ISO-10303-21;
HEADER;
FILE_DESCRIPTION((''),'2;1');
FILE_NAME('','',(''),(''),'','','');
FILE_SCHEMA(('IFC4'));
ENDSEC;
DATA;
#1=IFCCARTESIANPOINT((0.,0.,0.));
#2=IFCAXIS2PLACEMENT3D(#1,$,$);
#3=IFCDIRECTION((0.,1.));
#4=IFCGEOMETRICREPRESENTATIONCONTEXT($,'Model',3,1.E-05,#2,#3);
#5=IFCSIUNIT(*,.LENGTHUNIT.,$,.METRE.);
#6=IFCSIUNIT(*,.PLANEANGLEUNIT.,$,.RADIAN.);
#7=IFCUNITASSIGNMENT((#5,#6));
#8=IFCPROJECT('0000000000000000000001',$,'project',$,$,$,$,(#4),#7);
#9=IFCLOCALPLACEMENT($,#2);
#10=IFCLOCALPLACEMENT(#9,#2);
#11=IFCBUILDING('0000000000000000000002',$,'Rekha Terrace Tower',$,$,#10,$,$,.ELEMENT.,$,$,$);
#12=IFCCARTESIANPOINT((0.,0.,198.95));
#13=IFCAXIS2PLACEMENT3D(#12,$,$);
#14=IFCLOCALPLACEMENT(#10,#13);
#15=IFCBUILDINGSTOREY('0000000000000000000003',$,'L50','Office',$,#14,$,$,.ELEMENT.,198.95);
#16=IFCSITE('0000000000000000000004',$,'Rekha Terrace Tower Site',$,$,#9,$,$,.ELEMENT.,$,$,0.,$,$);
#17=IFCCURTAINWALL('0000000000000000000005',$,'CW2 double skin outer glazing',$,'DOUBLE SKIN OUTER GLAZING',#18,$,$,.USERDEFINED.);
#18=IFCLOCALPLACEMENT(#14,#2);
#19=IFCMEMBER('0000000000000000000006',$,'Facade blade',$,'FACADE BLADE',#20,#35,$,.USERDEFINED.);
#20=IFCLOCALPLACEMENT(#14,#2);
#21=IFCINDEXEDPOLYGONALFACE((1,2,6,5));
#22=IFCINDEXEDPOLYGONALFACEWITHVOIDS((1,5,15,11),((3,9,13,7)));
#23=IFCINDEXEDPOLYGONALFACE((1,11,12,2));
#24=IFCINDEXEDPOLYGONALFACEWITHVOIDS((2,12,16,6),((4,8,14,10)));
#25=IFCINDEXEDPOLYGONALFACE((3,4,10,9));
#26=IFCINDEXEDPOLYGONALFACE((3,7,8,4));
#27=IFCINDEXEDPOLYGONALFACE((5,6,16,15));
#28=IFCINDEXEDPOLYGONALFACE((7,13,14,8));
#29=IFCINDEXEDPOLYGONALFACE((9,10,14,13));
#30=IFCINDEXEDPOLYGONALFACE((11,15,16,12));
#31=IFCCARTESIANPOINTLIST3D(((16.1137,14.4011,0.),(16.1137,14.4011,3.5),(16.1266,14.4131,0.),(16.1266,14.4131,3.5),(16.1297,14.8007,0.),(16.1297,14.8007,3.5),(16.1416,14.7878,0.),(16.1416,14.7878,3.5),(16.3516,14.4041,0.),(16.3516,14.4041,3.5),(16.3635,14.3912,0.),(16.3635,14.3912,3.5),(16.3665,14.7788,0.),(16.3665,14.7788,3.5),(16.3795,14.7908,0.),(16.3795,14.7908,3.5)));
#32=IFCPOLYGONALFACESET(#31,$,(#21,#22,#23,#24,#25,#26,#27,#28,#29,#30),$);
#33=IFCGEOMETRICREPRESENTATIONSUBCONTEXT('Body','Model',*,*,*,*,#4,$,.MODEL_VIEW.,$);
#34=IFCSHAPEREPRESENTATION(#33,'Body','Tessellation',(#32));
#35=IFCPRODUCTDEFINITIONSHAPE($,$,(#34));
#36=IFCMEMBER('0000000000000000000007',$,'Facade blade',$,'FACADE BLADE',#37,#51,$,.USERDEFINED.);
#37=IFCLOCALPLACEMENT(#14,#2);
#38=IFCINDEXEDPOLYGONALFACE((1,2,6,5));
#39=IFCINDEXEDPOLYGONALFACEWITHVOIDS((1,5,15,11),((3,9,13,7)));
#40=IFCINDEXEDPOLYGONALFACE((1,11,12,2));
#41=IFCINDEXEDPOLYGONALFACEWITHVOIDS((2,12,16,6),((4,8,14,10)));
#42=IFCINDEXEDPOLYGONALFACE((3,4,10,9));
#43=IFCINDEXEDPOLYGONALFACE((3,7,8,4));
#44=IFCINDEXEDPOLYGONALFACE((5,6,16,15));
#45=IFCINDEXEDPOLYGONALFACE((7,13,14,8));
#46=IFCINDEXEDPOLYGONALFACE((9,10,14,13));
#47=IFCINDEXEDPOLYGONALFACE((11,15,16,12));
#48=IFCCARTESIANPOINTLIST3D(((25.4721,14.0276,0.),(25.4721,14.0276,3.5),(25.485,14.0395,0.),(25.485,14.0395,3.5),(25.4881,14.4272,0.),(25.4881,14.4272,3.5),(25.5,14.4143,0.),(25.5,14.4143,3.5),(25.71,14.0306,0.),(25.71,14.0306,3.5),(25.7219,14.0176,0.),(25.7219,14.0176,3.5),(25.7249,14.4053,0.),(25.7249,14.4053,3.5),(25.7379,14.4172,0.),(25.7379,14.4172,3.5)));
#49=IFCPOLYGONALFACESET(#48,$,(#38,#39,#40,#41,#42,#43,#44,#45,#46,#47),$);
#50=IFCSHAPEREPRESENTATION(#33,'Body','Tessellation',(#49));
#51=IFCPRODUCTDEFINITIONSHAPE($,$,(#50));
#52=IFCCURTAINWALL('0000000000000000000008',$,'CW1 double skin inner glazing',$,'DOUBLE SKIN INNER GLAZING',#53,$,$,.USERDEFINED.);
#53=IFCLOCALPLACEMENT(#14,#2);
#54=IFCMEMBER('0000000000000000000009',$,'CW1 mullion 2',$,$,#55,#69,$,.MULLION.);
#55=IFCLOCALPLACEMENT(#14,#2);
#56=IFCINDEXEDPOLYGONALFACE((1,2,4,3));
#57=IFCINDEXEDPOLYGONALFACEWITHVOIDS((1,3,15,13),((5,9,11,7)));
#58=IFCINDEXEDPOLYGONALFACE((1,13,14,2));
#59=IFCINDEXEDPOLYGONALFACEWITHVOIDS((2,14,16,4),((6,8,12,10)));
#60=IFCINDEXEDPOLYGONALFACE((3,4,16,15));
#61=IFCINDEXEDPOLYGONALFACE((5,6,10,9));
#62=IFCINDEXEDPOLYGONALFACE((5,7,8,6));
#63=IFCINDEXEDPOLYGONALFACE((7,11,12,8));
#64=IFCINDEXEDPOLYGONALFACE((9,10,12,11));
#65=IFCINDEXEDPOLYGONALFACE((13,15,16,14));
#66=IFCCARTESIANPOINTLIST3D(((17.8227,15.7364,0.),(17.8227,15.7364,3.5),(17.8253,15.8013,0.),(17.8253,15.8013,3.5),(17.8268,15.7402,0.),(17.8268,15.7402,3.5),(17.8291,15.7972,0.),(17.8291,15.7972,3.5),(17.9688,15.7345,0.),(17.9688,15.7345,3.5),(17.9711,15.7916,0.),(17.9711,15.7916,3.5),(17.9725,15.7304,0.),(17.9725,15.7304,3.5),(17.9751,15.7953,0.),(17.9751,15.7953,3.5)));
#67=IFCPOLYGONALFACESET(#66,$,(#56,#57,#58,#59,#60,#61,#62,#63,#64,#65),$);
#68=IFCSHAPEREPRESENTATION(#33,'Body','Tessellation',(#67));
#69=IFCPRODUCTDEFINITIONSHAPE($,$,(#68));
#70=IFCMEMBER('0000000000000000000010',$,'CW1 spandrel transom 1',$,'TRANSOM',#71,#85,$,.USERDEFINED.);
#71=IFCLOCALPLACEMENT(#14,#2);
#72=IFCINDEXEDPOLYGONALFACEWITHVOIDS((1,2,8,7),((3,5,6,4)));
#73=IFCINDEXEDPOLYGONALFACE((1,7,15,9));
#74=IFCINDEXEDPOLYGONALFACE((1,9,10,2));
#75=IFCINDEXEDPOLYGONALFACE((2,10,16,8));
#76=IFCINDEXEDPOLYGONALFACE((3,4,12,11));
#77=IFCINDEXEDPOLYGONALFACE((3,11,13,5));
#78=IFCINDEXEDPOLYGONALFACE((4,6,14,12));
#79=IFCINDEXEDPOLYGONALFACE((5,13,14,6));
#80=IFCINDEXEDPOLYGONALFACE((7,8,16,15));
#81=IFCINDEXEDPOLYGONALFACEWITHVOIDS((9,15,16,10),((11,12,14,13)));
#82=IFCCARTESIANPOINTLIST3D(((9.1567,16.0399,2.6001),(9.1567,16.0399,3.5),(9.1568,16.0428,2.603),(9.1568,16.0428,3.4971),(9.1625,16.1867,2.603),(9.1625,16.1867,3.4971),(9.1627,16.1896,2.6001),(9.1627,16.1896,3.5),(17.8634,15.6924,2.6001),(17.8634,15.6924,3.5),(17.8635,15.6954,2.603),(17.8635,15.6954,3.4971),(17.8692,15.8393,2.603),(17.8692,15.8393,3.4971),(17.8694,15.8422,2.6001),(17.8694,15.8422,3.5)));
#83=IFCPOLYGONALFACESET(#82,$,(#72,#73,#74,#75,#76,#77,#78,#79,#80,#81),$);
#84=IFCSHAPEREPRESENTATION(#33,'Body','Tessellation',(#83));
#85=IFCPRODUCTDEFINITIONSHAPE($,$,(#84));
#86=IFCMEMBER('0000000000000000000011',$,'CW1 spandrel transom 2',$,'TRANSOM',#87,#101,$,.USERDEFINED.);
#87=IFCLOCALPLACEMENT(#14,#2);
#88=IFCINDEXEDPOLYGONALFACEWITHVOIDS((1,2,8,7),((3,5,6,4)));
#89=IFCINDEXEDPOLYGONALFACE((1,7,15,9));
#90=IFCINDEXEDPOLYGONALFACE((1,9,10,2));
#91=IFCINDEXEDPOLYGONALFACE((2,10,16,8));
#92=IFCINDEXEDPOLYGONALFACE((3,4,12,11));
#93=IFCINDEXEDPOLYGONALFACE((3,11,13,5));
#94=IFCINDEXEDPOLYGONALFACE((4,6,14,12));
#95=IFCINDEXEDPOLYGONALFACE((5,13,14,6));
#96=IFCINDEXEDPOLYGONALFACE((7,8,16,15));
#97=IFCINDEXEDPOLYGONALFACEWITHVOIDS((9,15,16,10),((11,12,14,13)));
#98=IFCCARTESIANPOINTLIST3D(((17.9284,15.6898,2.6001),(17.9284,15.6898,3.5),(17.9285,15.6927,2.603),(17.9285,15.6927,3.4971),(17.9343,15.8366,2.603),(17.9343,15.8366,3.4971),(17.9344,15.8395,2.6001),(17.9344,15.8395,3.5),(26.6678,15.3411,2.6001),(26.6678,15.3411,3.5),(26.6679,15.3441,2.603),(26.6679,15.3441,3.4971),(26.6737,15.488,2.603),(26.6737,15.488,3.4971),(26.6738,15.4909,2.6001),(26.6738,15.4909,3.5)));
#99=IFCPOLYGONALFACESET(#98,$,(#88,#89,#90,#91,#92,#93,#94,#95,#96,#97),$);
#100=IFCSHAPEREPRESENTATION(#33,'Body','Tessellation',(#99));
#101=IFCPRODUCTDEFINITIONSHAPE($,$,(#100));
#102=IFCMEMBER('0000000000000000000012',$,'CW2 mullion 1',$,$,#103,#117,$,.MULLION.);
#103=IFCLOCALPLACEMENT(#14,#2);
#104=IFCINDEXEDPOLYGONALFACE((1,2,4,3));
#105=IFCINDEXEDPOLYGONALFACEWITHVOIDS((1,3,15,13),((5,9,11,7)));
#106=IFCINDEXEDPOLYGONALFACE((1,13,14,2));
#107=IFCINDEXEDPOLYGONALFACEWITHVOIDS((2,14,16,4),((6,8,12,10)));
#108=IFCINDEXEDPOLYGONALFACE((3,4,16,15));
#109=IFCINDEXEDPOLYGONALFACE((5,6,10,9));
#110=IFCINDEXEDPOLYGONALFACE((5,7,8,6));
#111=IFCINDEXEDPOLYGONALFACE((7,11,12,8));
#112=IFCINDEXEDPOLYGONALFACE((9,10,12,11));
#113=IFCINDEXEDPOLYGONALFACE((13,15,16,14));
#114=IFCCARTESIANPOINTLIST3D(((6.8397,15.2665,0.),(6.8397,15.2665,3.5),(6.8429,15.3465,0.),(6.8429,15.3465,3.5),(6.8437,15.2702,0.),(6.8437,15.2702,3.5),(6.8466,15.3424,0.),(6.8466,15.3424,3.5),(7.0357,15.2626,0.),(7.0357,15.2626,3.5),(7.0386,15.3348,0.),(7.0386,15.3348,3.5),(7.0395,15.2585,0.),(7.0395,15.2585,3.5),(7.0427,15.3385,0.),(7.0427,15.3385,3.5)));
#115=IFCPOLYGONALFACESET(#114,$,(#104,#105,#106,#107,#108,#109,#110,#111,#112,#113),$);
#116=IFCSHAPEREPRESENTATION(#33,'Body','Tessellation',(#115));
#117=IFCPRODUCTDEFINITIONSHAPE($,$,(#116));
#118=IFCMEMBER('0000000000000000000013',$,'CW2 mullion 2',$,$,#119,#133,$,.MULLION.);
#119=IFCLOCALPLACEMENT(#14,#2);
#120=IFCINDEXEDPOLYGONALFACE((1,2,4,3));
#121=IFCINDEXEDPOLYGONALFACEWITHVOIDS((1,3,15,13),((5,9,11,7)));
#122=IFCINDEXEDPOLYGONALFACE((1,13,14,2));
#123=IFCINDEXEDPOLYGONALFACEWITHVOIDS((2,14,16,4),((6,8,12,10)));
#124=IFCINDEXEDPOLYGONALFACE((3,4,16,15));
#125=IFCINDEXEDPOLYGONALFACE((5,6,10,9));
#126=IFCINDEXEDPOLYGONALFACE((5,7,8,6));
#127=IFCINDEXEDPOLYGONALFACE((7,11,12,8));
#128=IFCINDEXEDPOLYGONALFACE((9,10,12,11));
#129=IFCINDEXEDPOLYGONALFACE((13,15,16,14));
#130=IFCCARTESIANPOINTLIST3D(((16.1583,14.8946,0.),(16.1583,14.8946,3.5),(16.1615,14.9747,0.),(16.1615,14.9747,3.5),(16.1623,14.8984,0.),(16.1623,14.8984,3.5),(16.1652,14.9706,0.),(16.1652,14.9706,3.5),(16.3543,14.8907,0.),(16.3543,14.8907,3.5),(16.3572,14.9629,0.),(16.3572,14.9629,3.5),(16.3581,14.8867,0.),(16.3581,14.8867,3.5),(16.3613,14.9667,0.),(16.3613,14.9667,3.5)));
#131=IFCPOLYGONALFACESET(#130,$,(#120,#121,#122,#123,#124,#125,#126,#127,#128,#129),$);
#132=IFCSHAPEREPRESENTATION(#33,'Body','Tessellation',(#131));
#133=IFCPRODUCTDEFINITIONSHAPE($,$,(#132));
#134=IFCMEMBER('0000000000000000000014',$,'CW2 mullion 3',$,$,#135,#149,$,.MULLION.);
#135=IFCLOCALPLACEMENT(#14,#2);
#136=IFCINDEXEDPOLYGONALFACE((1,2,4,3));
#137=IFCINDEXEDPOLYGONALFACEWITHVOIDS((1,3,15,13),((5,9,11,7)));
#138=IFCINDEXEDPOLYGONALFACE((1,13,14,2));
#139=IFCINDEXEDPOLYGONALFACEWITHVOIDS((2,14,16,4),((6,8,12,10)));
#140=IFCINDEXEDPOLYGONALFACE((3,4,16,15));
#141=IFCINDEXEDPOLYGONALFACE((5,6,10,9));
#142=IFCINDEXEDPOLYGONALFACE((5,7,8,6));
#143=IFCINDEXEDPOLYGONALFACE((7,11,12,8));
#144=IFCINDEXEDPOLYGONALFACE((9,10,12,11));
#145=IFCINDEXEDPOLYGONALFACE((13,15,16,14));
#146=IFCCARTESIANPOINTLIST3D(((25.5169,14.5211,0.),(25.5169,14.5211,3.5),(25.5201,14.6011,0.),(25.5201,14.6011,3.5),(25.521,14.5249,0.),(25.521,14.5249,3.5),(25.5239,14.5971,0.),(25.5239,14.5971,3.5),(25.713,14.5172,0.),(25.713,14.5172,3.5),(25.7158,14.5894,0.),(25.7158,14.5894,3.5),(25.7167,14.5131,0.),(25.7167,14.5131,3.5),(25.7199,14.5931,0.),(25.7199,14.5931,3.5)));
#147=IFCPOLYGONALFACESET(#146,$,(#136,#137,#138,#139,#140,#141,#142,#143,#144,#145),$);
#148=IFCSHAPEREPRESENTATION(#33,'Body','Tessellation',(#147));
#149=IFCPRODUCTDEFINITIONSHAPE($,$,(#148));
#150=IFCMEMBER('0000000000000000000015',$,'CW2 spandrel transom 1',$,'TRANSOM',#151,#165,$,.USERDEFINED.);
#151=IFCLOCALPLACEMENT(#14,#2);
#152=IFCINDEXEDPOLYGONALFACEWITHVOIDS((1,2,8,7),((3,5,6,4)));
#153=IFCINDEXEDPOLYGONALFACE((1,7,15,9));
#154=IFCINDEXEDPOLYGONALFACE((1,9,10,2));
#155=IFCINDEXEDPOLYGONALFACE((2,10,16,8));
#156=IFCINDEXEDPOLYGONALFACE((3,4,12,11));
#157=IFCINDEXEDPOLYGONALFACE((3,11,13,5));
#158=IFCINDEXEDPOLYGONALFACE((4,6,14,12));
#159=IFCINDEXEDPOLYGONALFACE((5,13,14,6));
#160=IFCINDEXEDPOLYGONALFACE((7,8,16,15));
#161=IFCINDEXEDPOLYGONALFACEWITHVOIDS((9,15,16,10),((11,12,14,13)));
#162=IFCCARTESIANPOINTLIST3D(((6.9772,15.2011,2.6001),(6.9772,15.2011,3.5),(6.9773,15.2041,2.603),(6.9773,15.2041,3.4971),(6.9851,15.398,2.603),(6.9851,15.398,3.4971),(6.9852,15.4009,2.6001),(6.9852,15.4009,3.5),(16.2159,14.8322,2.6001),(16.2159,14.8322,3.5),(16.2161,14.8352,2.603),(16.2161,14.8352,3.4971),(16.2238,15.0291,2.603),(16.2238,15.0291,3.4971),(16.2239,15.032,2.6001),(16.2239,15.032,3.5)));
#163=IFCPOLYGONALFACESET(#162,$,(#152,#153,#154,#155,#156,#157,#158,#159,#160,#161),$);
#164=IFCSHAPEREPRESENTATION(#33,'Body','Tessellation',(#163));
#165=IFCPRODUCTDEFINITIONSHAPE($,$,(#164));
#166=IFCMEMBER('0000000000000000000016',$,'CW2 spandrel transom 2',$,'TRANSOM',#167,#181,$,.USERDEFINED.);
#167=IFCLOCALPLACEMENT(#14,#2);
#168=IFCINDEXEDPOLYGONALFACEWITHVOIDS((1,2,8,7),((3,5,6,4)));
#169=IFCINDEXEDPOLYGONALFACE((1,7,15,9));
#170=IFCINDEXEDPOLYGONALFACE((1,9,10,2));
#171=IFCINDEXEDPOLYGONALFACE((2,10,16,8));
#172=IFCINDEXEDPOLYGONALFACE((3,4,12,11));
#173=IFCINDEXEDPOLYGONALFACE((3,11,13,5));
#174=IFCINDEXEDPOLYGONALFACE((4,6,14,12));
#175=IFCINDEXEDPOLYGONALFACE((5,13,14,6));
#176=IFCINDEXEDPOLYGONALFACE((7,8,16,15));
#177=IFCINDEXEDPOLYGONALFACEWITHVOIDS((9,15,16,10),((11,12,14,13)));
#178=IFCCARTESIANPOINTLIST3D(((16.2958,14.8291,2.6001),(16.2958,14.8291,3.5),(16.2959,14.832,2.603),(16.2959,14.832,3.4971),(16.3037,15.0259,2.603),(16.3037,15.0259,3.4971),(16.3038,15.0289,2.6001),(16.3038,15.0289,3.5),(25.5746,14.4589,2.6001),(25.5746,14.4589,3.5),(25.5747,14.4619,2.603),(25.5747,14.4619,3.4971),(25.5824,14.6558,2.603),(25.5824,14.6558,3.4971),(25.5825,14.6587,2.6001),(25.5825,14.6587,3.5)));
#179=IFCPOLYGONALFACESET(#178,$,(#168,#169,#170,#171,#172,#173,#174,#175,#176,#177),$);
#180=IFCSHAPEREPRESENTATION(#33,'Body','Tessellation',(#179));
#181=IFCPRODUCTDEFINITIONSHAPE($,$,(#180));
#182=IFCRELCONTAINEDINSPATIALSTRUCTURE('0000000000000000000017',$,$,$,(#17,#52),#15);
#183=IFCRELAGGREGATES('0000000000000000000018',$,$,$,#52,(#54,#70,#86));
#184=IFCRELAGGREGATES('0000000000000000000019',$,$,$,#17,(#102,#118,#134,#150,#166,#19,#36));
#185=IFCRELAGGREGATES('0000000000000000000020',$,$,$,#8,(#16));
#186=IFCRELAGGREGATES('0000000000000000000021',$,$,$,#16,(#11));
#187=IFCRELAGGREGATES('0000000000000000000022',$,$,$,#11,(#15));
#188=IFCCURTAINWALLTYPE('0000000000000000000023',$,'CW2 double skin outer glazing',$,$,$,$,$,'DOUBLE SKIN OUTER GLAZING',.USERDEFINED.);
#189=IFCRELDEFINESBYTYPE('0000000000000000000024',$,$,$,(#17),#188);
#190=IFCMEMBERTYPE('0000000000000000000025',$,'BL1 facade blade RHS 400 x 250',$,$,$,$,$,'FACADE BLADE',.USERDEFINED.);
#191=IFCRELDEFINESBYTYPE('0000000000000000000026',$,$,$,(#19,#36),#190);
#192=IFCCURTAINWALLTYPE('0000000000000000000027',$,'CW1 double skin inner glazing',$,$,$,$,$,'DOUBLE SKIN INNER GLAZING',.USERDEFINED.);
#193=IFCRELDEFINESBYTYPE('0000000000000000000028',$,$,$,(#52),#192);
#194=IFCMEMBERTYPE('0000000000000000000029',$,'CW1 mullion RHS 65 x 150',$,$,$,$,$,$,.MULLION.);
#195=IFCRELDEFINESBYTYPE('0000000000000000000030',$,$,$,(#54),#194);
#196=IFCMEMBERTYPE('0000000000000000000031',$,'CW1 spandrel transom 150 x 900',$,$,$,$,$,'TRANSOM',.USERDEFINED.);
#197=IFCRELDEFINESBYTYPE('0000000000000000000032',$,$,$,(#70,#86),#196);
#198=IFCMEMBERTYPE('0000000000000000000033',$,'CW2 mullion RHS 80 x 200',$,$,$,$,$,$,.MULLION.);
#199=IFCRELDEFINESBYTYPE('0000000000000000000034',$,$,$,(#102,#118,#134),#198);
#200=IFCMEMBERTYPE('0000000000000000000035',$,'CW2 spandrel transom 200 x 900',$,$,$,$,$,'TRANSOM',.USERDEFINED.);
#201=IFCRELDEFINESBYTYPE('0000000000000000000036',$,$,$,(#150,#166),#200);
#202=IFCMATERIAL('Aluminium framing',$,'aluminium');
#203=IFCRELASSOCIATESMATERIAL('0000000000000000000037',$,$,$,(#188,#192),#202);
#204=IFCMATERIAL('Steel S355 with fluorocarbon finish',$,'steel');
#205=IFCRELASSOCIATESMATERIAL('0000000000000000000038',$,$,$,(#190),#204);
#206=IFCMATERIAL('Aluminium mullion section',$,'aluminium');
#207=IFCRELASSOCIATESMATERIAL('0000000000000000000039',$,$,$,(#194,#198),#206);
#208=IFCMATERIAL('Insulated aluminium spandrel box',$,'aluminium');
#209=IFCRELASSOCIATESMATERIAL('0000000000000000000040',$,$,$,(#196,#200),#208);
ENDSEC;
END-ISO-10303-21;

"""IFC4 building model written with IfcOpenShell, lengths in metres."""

from ifc_helpers import new_model, si_unit, direction, frame, origin, origin_2d, place, context, subcontext, project, spatial, hollow_rectangle, extrude, material, material_profile, profile_set, type_object, element, aggregate, save


model = new_model("IFC4")

# Units and contexts
model_context = context("Model", 3, precision=1e-05, world=origin(), true_north=direction((0.0, 1.0)))
body_context = subcontext(model_context, "Body", "Model", "MODEL_VIEW")
ifc_project = project(units=[si_unit("LENGTHUNIT", "METRE"), si_unit("PLANEANGLEUNIT", "RADIAN")], contexts=[model_context])

# Site, building, storey
site_placement = place(None, origin())
site = spatial("IfcSite", under=ifc_project, at=site_placement, Name="Rekha Terrace Tower Site", CompositionType="ELEMENT", RefElevation=0.0)
building_placement = place(site_placement, origin())
building = spatial("IfcBuilding", under=site, at=building_placement, Name="Rekha Terrace Tower", CompositionType="ELEMENT")
storey_placement = place(building_placement, frame((0.0, 0.0, 198.95)))
storey = spatial("IfcBuildingStorey", under=building, at=storey_placement, Name="L50", Description="Office", CompositionType="ELEMENT", Elevation=198.95)

# Curtain walls, members
ifc_material_1 = material(Name="Aluminium framing", Category="aluminium")
curtain_wall_type_1 = type_object("IfcCurtainWallType", Name="CW2 double skin outer glazing", ElementType="DOUBLE SKIN OUTER GLAZING", PredefinedType="USERDEFINED", material=ifc_material_1)
curtain_wall_1_placement = place(storey_placement, origin())
curtain_wall_1 = element("IfcCurtainWall", 1, at=curtain_wall_1_placement, inside=storey, type_object=curtain_wall_type_1, Name="CW2 double skin outer glazing", ObjectType="DOUBLE SKIN OUTER GLAZING", PredefinedType="USERDEFINED")
ifc_material_2 = material(Name="Steel S355 with fluorocarbon finish", Category="steel")
ifc_material_profile_1 = material_profile(ifc_material_2, hollow_rectangle(XDim=0.25, YDim=0.3999, WallThickness=0.0125, at=origin_2d()), Name="RHS400x250x12.5")
ifc_profile_set_1 = profile_set([ifc_material_profile_1], Name="Steel S355 with fluorocarbon finish")
member_type_1 = type_object("IfcMemberType", Name="BL1 facade blade RHS 400 x 250", ElementType="FACADE BLADE", PredefinedType="USERDEFINED", material=ifc_profile_set_1)
member_1_placement = place(storey_placement, frame((16.2466, 14.5959, 0.0), z_axis=(0.0, 0.0, 1.0), x_axis=(0.999205, -0.039872, 0.0)))
member_1 = element("IfcMember", 2, at=member_1_placement, type_object=member_type_1, Name="Facade blade", ObjectType="FACADE BLADE", PredefinedType="USERDEFINED", context=body_context, shape_type="SweptSolid", body=[
    extrude(hollow_rectangle(XDim=0.25, YDim=0.3999, WallThickness=0.0125, at=origin_2d()), origin(), (0.0, 0.0, 1.0), 3.5),
])
member_2_placement = place(storey_placement, frame((25.605, 14.2224, 0.0), z_axis=(0.0, 0.0, 1.0), x_axis=(0.999205, -0.039872, 0.0)))
member_2 = element("IfcMember", 3, at=member_2_placement, type_object=member_type_1, Name="Facade blade", ObjectType="FACADE BLADE", PredefinedType="USERDEFINED", context=body_context, shape_type="SweptSolid", body=[
    extrude(hollow_rectangle(XDim=0.25, YDim=0.3999, WallThickness=0.0125, at=origin_2d()), origin(), (0.0, 0.0, 1.0), 3.5),
])
curtain_wall_type_2 = type_object("IfcCurtainWallType", Name="CW1 double skin inner glazing", ElementType="DOUBLE SKIN INNER GLAZING", PredefinedType="USERDEFINED", material=ifc_material_1)
curtain_wall_2_placement = place(storey_placement, origin())
curtain_wall_2 = element("IfcCurtainWall", 4, at=curtain_wall_2_placement, inside=storey, type_object=curtain_wall_type_2, Name="CW1 double skin inner glazing", ObjectType="DOUBLE SKIN INNER GLAZING", PredefinedType="USERDEFINED")
ifc_material_3 = material(Name="Aluminium mullion section", Category="aluminium")
ifc_material_profile_2 = material_profile(ifc_material_3, hollow_rectangle(XDim=0.0649, YDim=0.1499, WallThickness=0.0039, at=origin_2d()), Name="AL RHS 65x150")
ifc_profile_set_2 = profile_set([ifc_material_profile_2], Name="Aluminium mullion section")
member_type_2 = type_object("IfcMemberType", Name="CW1 mullion RHS 65 x 150", PredefinedType="MULLION", material=ifc_profile_set_2)
member_3_placement = place(storey_placement, frame((17.8989, 15.7659, 0.0), z_axis=(0.0, 0.0, 1.0), x_axis=(0.039872, 0.999205, 0.0)))
member_3 = element("IfcMember", 5, at=member_3_placement, type_object=member_type_2, Name="CW1 mullion 2", PredefinedType="MULLION", context=body_context, shape_type="SweptSolid", body=[
    extrude(hollow_rectangle(XDim=0.0649, YDim=0.1499, WallThickness=0.0039, at=origin_2d()), origin(), (0.0, 0.0, 1.0), 3.5),
])
ifc_material_4 = material(Name="Insulated aluminium spandrel box", Category="aluminium")
ifc_material_profile_3 = material_profile(ifc_material_4, hollow_rectangle(XDim=0.1499, YDim=0.8999, WallThickness=0.0029, at=origin_2d()), Name="AL SPANDREL BOX 150x900")
ifc_profile_set_3 = profile_set([ifc_material_profile_3], Name="Insulated aluminium spandrel box")
member_type_3 = type_object("IfcMemberType", Name="CW1 spandrel transom 150 x 900", ElementType="TRANSOM", PredefinedType="USERDEFINED", material=ifc_profile_set_3)
member_4_placement = place(storey_placement, frame((9.1597, 16.1147, 3.05), z_axis=(0.999205, -0.03987, 0.0), x_axis=(0.03987, 0.999205, 0.0)))
member_4 = element("IfcMember", 6, at=member_4_placement, type_object=member_type_3, Name="CW1 spandrel transom 1", ObjectType="TRANSOM", PredefinedType="USERDEFINED", context=body_context, shape_type="SweptSolid", body=[
    extrude(hollow_rectangle(XDim=0.1499, YDim=0.8999, WallThickness=0.0029, at=origin_2d()), origin(), (0.0, 0.0, 1.0), 8.7136),
])
member_5_placement = place(storey_placement, frame((17.9314, 15.7646, 3.05), z_axis=(0.999205, -0.03986, 0.0), x_axis=(0.03986, 0.999205, 0.0)))
member_5 = element("IfcMember", 7, at=member_5_placement, type_object=member_type_3, Name="CW1 spandrel transom 2", ObjectType="TRANSOM", PredefinedType="USERDEFINED", context=body_context, shape_type="SweptSolid", body=[
    extrude(hollow_rectangle(XDim=0.1499, YDim=0.8999, WallThickness=0.0029, at=origin_2d()), origin(), (0.0, 0.0, 1.0), 8.7463),
])

# Members
ifc_material_profile_4 = material_profile(ifc_material_3, hollow_rectangle(XDim=0.0801, YDim=0.2, WallThickness=0.0039, at=origin_2d()), Name="AL RHS 80x200")
ifc_profile_set_4 = profile_set([ifc_material_profile_4], Name="Aluminium mullion section")
member_type_4 = type_object("IfcMemberType", Name="CW2 mullion RHS 80 x 200", PredefinedType="MULLION", material=ifc_profile_set_4)
member_6_placement = place(storey_placement, frame((6.9412, 15.3025, 0.0), z_axis=(0.0, 0.0, 1.0), x_axis=(0.039872, 0.999205, 0.0)))
member_6 = element("IfcMember", 8, at=member_6_placement, type_object=member_type_4, Name="CW2 mullion 1", PredefinedType="MULLION", context=body_context, shape_type="SweptSolid", body=[
    extrude(hollow_rectangle(XDim=0.0801, YDim=0.2, WallThickness=0.0039, at=origin_2d()), origin(), (0.0, 0.0, 1.0), 3.5),
])
member_7_placement = place(storey_placement, frame((16.2598, 14.9307, 0.0), z_axis=(0.0, 0.0, 1.0), x_axis=(0.039872, 0.999205, 0.0)))
member_7 = element("IfcMember", 9, at=member_7_placement, type_object=member_type_4, Name="CW2 mullion 2", PredefinedType="MULLION", context=body_context, shape_type="SweptSolid", body=[
    extrude(hollow_rectangle(XDim=0.0801, YDim=0.2, WallThickness=0.0039, at=origin_2d()), origin(), (0.0, 0.0, 1.0), 3.5),
])
member_8_placement = place(storey_placement, frame((25.6184, 14.5571, 0.0), z_axis=(0.0, 0.0, 1.0), x_axis=(0.039872, 0.999205, 0.0)))
member_8 = element("IfcMember", 10, at=member_8_placement, type_object=member_type_4, Name="CW2 mullion 3", PredefinedType="MULLION", context=body_context, shape_type="SweptSolid", body=[
    extrude(hollow_rectangle(XDim=0.0801, YDim=0.2, WallThickness=0.0039, at=origin_2d()), origin(), (0.0, 0.0, 1.0), 3.5),
])
ifc_material_profile_5 = material_profile(ifc_material_4, hollow_rectangle(XDim=0.2, YDim=0.8999, WallThickness=0.0029, at=origin_2d()), Name="AL SPANDREL BOX 200x900")
ifc_profile_set_5 = profile_set([ifc_material_profile_5], Name="Insulated aluminium spandrel box")
member_type_5 = type_object("IfcMemberType", Name="CW2 spandrel transom 200 x 900", ElementType="TRANSOM", PredefinedType="USERDEFINED", material=ifc_profile_set_5)
member_9_placement = place(storey_placement, frame((6.9812, 15.301, 3.05), z_axis=(0.999204, -0.039897, 0.0), x_axis=(0.039897, 0.999204, 0.0)))
member_9 = element("IfcMember", 11, at=member_9_placement, type_object=member_type_5, Name="CW2 spandrel transom 1", ObjectType="TRANSOM", PredefinedType="USERDEFINED", context=body_context, shape_type="SweptSolid", body=[
    extrude(hollow_rectangle(XDim=0.2, YDim=0.8999, WallThickness=0.0029, at=origin_2d()), origin(), (0.0, 0.0, 1.0), 9.2461),
])
member_10_placement = place(storey_placement, frame((16.2998, 14.929, 3.05), z_axis=(0.999205, -0.039857, 0.0), x_axis=(0.039857, 0.999205, 0.0)))
member_10 = element("IfcMember", 12, at=member_10_placement, type_object=member_type_5, Name="CW2 spandrel transom 2", ObjectType="TRANSOM", PredefinedType="USERDEFINED", context=body_context, shape_type="SweptSolid", body=[
    extrude(hollow_rectangle(XDim=0.2, YDim=0.8999, WallThickness=0.0029, at=origin_2d()), origin(), (0.0, 0.0, 1.0), 9.2861),
])

aggregate(curtain_wall_2, [member_3, member_4, member_5])
aggregate(curtain_wall_1, [member_6, member_7, member_8, member_9, member_10, member_1, member_2])

save(model, "model.ifc")
